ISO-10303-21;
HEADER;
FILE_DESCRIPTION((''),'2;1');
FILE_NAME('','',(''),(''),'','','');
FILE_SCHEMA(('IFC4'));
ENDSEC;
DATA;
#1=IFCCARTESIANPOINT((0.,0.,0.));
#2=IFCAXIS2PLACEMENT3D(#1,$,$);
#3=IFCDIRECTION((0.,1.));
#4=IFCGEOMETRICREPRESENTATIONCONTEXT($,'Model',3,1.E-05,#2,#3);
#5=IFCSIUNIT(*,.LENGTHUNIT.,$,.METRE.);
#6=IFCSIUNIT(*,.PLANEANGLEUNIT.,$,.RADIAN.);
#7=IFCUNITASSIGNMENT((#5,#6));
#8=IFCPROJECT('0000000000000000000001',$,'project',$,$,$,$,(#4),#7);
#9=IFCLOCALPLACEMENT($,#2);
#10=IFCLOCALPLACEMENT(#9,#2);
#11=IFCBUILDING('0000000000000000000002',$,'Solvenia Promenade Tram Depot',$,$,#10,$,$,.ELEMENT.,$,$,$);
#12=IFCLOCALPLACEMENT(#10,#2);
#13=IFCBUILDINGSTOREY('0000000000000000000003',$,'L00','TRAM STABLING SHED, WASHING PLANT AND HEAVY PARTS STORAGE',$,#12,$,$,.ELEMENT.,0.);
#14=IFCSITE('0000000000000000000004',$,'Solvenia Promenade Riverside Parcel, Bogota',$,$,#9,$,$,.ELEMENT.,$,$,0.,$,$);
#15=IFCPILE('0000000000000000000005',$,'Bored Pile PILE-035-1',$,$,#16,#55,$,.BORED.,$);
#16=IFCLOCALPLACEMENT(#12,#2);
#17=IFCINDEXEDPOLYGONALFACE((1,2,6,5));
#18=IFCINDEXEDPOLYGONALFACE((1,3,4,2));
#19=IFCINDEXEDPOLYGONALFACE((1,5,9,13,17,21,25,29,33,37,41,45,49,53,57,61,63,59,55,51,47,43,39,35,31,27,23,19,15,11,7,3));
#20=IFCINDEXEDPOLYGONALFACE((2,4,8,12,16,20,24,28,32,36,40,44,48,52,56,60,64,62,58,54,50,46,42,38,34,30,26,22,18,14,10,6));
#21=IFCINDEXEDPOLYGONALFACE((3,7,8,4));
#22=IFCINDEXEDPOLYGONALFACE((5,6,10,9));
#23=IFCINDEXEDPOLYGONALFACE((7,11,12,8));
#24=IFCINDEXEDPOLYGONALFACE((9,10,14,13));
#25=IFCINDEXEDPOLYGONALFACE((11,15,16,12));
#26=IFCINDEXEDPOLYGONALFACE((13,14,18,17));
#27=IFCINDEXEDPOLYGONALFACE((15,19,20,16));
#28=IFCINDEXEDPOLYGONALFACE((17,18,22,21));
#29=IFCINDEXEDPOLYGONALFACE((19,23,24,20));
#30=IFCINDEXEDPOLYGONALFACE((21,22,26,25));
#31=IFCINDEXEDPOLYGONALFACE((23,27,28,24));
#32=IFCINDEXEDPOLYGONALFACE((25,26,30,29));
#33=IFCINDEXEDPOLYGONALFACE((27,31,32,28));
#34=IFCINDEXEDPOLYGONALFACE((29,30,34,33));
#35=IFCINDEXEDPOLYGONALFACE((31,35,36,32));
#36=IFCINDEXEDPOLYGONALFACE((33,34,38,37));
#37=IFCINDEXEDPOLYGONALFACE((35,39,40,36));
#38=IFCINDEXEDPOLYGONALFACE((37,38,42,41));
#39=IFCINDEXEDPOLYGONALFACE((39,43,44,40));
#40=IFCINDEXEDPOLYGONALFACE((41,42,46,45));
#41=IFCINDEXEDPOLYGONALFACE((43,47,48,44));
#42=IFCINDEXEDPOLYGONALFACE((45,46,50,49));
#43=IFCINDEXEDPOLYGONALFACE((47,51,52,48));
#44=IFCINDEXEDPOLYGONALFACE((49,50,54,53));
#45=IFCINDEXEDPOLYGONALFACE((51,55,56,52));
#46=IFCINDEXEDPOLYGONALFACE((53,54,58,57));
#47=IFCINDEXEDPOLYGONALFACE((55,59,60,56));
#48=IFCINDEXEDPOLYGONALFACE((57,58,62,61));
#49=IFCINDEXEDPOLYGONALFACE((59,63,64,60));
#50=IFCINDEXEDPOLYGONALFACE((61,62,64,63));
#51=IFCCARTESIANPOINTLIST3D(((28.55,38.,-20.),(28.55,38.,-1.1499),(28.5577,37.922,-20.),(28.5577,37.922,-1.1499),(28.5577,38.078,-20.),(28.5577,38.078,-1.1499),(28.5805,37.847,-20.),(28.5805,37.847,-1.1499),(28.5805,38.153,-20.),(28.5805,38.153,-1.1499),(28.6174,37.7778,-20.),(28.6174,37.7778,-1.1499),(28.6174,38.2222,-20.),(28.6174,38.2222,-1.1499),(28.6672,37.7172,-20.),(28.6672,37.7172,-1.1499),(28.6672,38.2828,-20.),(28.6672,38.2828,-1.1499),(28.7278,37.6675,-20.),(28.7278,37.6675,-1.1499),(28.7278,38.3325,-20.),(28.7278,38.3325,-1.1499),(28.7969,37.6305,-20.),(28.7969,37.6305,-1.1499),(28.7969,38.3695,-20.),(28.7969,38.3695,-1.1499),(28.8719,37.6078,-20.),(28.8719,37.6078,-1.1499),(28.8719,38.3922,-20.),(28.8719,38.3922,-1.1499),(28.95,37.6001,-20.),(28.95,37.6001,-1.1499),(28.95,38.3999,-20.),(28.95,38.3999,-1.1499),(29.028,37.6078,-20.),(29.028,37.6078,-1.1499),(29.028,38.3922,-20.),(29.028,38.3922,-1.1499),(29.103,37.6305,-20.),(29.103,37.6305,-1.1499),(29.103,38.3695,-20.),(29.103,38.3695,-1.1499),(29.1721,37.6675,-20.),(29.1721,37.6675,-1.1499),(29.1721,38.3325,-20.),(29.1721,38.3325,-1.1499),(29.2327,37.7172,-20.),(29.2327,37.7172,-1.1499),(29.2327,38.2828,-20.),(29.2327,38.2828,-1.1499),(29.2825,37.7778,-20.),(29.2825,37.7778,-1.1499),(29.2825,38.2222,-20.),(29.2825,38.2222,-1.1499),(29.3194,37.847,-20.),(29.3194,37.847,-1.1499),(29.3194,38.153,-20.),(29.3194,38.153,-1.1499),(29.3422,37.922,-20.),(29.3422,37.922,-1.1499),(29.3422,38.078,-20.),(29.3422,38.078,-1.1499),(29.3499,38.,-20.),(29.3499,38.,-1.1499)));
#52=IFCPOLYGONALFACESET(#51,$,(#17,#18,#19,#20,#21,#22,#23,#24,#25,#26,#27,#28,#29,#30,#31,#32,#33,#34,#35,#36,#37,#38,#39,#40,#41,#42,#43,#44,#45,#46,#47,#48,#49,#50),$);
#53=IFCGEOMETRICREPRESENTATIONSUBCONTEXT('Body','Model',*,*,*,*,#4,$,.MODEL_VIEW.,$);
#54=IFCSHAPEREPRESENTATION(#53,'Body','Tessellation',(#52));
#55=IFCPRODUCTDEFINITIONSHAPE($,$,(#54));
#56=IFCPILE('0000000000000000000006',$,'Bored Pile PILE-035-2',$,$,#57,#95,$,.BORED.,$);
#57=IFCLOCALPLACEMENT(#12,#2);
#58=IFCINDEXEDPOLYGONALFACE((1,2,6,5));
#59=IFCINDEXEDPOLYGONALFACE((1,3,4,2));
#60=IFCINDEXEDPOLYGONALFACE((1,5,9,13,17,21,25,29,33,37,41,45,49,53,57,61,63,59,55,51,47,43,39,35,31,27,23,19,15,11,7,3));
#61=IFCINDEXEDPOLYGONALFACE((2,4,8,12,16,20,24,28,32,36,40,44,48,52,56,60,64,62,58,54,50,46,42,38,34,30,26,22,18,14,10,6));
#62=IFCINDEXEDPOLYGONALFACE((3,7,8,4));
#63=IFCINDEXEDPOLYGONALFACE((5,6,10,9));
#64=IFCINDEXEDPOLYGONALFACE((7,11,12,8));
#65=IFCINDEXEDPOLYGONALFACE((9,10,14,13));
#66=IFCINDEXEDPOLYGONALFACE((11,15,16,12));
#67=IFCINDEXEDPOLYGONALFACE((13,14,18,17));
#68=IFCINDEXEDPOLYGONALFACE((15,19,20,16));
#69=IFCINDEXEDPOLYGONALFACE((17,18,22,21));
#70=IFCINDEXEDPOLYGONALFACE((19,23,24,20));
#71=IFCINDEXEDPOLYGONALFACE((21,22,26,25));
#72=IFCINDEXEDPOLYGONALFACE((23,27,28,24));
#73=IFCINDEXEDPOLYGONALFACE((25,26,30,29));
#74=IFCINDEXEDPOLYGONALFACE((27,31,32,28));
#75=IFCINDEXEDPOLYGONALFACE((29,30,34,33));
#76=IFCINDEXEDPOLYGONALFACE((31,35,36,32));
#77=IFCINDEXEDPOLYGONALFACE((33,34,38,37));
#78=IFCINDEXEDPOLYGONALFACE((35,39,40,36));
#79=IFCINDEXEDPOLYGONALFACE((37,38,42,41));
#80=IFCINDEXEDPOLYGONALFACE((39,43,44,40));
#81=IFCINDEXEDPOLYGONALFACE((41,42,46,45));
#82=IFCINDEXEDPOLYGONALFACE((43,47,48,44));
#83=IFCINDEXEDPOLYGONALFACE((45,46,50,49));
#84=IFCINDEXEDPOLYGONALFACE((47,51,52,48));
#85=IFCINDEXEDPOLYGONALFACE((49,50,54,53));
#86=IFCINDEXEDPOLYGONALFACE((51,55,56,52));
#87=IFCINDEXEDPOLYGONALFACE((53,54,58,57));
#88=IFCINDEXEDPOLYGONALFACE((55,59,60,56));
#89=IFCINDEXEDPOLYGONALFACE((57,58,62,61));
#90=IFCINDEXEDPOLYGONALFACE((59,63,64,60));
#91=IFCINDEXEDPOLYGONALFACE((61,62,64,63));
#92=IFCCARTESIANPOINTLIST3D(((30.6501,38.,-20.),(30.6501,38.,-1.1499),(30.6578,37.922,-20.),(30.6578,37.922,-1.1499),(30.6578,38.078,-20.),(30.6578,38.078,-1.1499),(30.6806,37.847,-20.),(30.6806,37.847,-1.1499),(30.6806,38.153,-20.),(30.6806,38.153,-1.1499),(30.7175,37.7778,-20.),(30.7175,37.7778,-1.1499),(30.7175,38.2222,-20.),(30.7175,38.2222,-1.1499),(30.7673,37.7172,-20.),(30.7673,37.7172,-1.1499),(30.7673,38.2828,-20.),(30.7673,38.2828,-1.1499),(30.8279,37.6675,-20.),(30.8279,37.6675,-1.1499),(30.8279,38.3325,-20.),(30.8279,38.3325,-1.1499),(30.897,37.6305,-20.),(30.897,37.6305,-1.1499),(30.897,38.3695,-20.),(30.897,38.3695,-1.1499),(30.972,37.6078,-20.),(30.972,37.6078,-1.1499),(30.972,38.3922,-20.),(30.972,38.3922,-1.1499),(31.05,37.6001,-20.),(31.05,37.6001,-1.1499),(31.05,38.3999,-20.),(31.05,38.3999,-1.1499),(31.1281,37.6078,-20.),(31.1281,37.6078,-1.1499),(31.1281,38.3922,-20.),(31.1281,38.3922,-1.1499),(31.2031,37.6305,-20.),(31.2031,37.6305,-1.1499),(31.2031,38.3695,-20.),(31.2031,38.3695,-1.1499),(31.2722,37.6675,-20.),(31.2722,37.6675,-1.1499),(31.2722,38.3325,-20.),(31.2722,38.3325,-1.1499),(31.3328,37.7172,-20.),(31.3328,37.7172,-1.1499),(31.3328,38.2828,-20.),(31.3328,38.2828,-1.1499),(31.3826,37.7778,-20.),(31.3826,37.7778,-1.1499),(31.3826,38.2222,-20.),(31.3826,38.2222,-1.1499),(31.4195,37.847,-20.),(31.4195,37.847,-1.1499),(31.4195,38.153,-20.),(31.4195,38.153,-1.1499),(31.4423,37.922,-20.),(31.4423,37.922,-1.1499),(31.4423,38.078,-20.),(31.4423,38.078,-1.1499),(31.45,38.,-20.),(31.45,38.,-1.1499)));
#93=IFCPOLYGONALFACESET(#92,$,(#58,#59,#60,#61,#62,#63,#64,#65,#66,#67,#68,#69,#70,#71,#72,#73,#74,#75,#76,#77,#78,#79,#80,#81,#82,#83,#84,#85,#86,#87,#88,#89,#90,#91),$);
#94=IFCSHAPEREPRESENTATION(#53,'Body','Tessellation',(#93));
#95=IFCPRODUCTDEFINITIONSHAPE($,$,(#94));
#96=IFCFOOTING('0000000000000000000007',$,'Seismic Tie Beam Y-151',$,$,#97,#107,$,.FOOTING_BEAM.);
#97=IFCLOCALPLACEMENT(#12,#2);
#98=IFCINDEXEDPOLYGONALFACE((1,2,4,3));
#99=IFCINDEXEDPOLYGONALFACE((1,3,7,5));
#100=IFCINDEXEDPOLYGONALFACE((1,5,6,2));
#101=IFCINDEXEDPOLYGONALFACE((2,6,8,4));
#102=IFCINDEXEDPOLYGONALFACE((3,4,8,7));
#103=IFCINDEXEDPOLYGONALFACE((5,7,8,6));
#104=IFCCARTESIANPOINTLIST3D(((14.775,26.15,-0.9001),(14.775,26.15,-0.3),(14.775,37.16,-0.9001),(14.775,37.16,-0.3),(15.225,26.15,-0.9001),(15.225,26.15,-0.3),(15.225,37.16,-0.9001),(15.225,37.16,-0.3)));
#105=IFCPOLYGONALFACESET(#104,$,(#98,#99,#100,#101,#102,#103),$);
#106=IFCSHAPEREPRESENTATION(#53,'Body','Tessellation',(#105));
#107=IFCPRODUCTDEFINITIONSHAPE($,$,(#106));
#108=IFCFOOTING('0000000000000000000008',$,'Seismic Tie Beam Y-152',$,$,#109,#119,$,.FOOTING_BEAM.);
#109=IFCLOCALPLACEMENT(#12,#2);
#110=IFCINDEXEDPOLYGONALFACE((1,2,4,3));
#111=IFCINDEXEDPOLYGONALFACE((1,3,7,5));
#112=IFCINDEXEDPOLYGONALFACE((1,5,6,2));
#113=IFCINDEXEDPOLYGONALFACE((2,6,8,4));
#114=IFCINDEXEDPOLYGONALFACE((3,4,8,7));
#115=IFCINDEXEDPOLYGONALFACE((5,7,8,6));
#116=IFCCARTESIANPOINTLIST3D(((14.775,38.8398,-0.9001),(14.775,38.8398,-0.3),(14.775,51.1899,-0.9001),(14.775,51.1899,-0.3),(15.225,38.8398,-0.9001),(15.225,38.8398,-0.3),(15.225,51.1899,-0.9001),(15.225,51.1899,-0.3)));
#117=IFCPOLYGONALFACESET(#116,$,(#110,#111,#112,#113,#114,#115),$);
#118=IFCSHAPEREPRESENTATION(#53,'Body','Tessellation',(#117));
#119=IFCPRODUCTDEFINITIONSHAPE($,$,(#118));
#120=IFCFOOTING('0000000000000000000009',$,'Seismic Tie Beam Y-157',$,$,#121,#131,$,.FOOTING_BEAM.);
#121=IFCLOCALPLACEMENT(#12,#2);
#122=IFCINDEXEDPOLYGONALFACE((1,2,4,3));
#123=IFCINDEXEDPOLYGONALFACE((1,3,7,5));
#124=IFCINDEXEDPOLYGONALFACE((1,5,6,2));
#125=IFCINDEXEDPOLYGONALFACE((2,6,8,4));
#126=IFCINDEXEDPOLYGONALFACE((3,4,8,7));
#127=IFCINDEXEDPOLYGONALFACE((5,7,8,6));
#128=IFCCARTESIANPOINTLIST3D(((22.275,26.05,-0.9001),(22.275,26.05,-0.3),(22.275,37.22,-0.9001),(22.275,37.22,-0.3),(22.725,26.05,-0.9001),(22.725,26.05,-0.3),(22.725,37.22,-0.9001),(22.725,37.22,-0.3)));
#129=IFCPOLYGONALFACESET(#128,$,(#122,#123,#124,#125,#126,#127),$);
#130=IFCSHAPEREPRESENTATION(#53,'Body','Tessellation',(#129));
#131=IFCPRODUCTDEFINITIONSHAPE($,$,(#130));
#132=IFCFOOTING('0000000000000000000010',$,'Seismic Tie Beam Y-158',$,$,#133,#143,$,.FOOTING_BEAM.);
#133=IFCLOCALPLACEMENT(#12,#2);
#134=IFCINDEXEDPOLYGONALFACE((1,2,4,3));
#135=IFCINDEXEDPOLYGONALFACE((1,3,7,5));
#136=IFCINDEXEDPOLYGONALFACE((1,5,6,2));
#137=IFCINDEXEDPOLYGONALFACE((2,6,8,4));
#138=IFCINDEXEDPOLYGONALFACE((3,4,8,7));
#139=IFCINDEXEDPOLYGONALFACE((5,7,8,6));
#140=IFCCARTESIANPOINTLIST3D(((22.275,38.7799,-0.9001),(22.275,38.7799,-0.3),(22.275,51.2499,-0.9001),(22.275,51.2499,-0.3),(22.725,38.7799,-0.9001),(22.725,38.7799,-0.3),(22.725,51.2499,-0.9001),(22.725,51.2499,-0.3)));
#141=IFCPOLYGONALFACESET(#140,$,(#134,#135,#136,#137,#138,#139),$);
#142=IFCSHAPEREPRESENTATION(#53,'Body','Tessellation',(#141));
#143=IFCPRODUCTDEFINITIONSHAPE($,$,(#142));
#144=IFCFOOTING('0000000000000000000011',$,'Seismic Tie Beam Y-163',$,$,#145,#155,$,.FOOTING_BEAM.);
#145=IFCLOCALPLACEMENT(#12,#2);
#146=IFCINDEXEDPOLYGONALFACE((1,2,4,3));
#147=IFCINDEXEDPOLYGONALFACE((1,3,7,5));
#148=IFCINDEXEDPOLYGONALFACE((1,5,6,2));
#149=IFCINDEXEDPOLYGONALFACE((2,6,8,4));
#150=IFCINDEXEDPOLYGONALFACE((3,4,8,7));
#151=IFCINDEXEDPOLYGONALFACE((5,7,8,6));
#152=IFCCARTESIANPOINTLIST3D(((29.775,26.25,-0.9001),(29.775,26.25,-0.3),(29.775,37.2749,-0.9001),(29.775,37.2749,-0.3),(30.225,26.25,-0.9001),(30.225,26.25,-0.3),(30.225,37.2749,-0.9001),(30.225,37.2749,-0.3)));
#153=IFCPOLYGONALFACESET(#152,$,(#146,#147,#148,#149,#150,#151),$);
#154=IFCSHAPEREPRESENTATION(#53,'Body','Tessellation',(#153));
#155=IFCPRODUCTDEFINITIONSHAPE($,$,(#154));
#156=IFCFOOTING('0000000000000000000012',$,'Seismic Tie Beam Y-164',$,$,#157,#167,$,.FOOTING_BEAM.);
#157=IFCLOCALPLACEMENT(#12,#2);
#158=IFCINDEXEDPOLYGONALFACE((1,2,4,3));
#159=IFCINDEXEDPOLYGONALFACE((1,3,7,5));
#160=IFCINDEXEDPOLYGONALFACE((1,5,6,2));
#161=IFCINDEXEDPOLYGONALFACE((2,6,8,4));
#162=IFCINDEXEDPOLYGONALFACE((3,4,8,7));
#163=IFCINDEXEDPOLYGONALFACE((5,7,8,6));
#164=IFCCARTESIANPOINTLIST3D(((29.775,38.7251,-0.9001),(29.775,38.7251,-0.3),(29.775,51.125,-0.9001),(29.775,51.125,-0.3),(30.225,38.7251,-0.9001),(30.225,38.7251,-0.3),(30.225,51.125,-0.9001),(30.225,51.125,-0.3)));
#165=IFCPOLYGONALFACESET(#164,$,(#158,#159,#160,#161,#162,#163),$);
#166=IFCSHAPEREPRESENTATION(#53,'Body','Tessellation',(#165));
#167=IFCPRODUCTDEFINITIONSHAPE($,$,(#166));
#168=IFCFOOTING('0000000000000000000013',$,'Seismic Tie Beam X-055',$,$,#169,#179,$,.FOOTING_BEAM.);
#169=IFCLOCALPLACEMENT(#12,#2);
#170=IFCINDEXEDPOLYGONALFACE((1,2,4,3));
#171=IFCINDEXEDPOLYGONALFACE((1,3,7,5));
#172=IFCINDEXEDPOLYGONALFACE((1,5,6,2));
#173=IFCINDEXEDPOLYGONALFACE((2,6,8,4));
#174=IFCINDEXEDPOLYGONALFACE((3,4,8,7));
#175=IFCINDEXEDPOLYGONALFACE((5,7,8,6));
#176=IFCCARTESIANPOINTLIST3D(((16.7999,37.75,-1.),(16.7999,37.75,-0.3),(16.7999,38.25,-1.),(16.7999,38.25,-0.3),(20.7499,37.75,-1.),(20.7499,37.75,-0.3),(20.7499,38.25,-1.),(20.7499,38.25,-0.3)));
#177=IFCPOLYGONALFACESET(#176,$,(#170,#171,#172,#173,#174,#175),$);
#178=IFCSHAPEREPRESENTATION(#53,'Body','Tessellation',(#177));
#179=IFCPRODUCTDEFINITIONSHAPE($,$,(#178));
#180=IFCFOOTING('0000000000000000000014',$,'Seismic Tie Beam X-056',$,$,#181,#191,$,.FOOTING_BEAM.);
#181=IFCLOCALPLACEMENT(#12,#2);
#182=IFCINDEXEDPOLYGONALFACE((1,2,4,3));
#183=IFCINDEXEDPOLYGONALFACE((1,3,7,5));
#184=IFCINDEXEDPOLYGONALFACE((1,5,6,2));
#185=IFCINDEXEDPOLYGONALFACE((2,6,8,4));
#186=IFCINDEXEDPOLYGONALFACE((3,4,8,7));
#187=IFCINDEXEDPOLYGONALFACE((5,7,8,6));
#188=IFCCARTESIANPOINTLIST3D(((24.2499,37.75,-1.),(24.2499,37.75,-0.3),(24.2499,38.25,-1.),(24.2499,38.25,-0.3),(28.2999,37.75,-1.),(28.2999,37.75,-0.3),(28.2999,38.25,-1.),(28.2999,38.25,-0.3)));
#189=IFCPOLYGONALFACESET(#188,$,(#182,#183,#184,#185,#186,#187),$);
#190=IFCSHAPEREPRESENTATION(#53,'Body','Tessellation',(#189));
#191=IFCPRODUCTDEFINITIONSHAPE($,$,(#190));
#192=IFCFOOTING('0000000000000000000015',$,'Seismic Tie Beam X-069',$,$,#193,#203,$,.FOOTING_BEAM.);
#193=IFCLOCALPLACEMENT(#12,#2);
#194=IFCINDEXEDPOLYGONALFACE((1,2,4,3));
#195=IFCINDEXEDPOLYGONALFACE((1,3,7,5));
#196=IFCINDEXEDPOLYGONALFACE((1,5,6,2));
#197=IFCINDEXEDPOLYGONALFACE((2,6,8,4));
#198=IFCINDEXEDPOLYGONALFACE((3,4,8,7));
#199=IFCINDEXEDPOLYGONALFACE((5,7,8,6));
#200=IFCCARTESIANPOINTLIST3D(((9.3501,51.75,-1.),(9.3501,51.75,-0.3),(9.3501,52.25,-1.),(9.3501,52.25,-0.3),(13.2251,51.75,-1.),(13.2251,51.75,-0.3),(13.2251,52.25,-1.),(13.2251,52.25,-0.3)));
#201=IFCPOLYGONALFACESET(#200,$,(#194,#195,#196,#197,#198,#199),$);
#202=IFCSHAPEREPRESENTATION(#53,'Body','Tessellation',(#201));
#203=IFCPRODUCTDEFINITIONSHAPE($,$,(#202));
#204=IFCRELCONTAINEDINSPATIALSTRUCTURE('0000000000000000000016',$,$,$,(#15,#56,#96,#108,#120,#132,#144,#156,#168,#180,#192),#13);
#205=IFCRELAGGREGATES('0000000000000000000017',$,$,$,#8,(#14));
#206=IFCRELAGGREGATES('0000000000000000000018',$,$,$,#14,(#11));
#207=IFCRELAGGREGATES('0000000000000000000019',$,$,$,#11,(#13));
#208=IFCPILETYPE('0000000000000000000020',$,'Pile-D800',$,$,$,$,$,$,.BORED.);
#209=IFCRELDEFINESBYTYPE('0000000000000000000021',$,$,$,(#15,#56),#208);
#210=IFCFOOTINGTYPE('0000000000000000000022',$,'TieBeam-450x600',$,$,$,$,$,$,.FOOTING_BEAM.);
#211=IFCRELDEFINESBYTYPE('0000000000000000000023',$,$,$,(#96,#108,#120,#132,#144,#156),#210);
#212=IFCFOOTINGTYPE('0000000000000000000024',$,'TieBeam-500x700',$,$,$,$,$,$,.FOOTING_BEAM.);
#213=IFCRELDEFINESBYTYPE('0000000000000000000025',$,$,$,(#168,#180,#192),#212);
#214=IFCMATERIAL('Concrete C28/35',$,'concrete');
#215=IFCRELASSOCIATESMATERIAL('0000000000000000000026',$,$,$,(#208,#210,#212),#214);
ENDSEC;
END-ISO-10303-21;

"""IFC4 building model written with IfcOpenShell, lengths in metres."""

from ifc_helpers import new_model, si_unit, direction, frame, origin, origin_2d, place, context, subcontext, project, spatial, rectangle, circle, extrude, material, material_profile, profile_set, type_object, element, save


model = new_model("IFC4")

# Units and contexts
model_context = context("Model", 3, precision=1e-05, world=origin(), true_north=direction((0.0, 1.0)))
body_context = subcontext(model_context, "Body", "Model", "MODEL_VIEW")
ifc_project = project(units=[si_unit("LENGTHUNIT", "METRE"), si_unit("PLANEANGLEUNIT", "RADIAN")], contexts=[model_context])

# Site, building, storey
site_placement = place(None, origin())
site = spatial("IfcSite", under=ifc_project, at=site_placement, Name="Solvenia Promenade Riverside Parcel, Bogota", CompositionType="ELEMENT", RefElevation=0.0)
building_placement = place(site_placement, origin())
building = spatial("IfcBuilding", under=site, at=building_placement, Name="Solvenia Promenade Tram Depot", CompositionType="ELEMENT")
storey_placement = place(building_placement, origin())
storey = spatial("IfcBuildingStorey", under=building, at=storey_placement, Name="L00", Description="TRAM STABLING SHED, WASHING PLANT AND HEAVY PARTS STORAGE", CompositionType="ELEMENT", Elevation=0.0)

# Shared definitions
ifc_material_1 = material(Name="Concrete C28/35", Category="concrete")

# Piles
ifc_material_profile_1 = material_profile(ifc_material_1, circle(Radius=0.3999, at=origin_2d()), Name="D800", Category="concrete")
ifc_profile_set_1 = profile_set([ifc_material_profile_1], Name="Concrete C28/35")
pile_type_1 = type_object("IfcPileType", Name="Pile-D800", PredefinedType="BORED", material=ifc_profile_set_1)
for number, where, z_axis, x_axis, name in (
    (1, (28.95, 38.0, -1.1499), (0.0, 0.0, -1.0), (1.0, 0.0, 0.0), "Bored Pile PILE-035-1"),
    (2, (31.05, 38.0, -1.1499), (0.0, 0.0, -1.0), (1.0, 0.0, 0.0), "Bored Pile PILE-035-2"),
):
    element("IfcPile", number, at=place(storey_placement, frame(where, z_axis=z_axis, x_axis=x_axis)), inside=storey, type_object=pile_type_1, Name=name, PredefinedType="BORED", context=body_context, shape_type="SweptSolid", body=[
        extrude(circle(Radius=0.3999, at=origin_2d()), origin(), (0.0, 0.0, 1.0), 18.8501),
    ])

# Footings
footing_type_1 = type_object("IfcFootingType", Name="TieBeam-450x600", PredefinedType="FOOTING_BEAM", material=ifc_material_1)
footing_1_placement = place(storey_placement, frame((15.0, 31.655, -0.9001), z_axis=(0.0, 0.0, 1.0), x_axis=(1.0, 0.0, 0.0)))
element("IfcFooting", 3, at=footing_1_placement, inside=storey, type_object=footing_type_1, Name="Seismic Tie Beam Y-151", PredefinedType="FOOTING_BEAM", context=body_context, shape_type="SweptSolid", body=[
    extrude(rectangle(XDim=0.45, YDim=11.01, at=origin_2d()), origin(), (0.0, 0.0, 1.0), 0.6001),
])
footing_2_placement = place(storey_placement, frame((15.0, 45.0149, -0.9001), z_axis=(0.0, 0.0, 1.0), x_axis=(1.0, 0.0, 0.0)))
element("IfcFooting", 4, at=footing_2_placement, inside=storey, type_object=footing_type_1, Name="Seismic Tie Beam Y-152", PredefinedType="FOOTING_BEAM", context=body_context, shape_type="SweptSolid", body=[
    extrude(rectangle(XDim=0.45, YDim=12.3501, at=origin_2d()), origin(), (0.0, 0.0, 1.0), 0.6001),
])
footing_3_placement = place(storey_placement, frame((22.5, 31.635, -0.9001), z_axis=(0.0, 0.0, 1.0), x_axis=(1.0, 0.0, 0.0)))
element("IfcFooting", 5, at=footing_3_placement, inside=storey, type_object=footing_type_1, Name="Seismic Tie Beam Y-157", PredefinedType="FOOTING_BEAM", context=body_context, shape_type="SweptSolid", body=[
    extrude(rectangle(XDim=0.45, YDim=11.1699, at=origin_2d()), origin(), (0.0, 0.0, 1.0), 0.6001),
])
footing_4_placement = place(storey_placement, frame((22.5, 45.0149, -0.9001), z_axis=(0.0, 0.0, 1.0), x_axis=(1.0, 0.0, 0.0)))
element("IfcFooting", 6, at=footing_4_placement, inside=storey, type_object=footing_type_1, Name="Seismic Tie Beam Y-158", PredefinedType="FOOTING_BEAM", context=body_context, shape_type="SweptSolid", body=[
    extrude(rectangle(XDim=0.45, YDim=12.47, at=origin_2d()), origin(), (0.0, 0.0, 1.0), 0.6001),
])
footing_5_placement = place(storey_placement, frame((30.0, 31.7625, -0.9001), z_axis=(0.0, 0.0, 1.0), x_axis=(1.0, 0.0, 0.0)))
element("IfcFooting", 7, at=footing_5_placement, inside=storey, type_object=footing_type_1, Name="Seismic Tie Beam Y-163", PredefinedType="FOOTING_BEAM", context=body_context, shape_type="SweptSolid", body=[
    extrude(rectangle(XDim=0.45, YDim=11.0249, at=origin_2d()), origin(), (0.0, 0.0, 1.0), 0.6001),
])
footing_6_placement = place(storey_placement, frame((30.0, 44.925, -0.9001), z_axis=(0.0, 0.0, 1.0), x_axis=(1.0, 0.0, 0.0)))
element("IfcFooting", 8, at=footing_6_placement, inside=storey, type_object=footing_type_1, Name="Seismic Tie Beam Y-164", PredefinedType="FOOTING_BEAM", context=body_context, shape_type="SweptSolid", body=[
    extrude(rectangle(XDim=0.45, YDim=12.3999, at=origin_2d()), origin(), (0.0, 0.0, 1.0), 0.6001),
])
footing_type_2 = type_object("IfcFootingType", Name="TieBeam-500x700", PredefinedType="FOOTING_BEAM", material=ifc_material_1)
footing_7_placement = place(storey_placement, frame((18.7749, 38.0, -1.0), z_axis=(0.0, 0.0, 1.0), x_axis=(1.0, 0.0, 0.0)))
element("IfcFooting", 9, at=footing_7_placement, inside=storey, type_object=footing_type_2, Name="Seismic Tie Beam X-055", PredefinedType="FOOTING_BEAM", context=body_context, shape_type="SweptSolid", body=[
    extrude(rectangle(XDim=3.95, YDim=0.5, at=origin_2d()), origin(), (0.0, 0.0, 1.0), 0.7),
])
footing_8_placement = place(storey_placement, frame((26.2749, 38.0, -1.0), z_axis=(0.0, 0.0, 1.0), x_axis=(1.0, 0.0, 0.0)))
element("IfcFooting", 10, at=footing_8_placement, inside=storey, type_object=footing_type_2, Name="Seismic Tie Beam X-056", PredefinedType="FOOTING_BEAM", context=body_context, shape_type="SweptSolid", body=[
    extrude(rectangle(XDim=4.05, YDim=0.5, at=origin_2d()), origin(), (0.0, 0.0, 1.0), 0.7),
])
footing_9_placement = place(storey_placement, frame((11.2876, 52.0, -1.0), z_axis=(0.0, 0.0, 1.0), x_axis=(1.0, 0.0, 0.0)))
element("IfcFooting", 11, at=footing_9_placement, inside=storey, type_object=footing_type_2, Name="Seismic Tie Beam X-069", PredefinedType="FOOTING_BEAM", context=body_context, shape_type="SweptSolid", body=[
    extrude(rectangle(XDim=3.875, YDim=0.5, at=origin_2d()), origin(), (0.0, 0.0, 1.0), 0.7),
])

save(model, "model.ifc")
